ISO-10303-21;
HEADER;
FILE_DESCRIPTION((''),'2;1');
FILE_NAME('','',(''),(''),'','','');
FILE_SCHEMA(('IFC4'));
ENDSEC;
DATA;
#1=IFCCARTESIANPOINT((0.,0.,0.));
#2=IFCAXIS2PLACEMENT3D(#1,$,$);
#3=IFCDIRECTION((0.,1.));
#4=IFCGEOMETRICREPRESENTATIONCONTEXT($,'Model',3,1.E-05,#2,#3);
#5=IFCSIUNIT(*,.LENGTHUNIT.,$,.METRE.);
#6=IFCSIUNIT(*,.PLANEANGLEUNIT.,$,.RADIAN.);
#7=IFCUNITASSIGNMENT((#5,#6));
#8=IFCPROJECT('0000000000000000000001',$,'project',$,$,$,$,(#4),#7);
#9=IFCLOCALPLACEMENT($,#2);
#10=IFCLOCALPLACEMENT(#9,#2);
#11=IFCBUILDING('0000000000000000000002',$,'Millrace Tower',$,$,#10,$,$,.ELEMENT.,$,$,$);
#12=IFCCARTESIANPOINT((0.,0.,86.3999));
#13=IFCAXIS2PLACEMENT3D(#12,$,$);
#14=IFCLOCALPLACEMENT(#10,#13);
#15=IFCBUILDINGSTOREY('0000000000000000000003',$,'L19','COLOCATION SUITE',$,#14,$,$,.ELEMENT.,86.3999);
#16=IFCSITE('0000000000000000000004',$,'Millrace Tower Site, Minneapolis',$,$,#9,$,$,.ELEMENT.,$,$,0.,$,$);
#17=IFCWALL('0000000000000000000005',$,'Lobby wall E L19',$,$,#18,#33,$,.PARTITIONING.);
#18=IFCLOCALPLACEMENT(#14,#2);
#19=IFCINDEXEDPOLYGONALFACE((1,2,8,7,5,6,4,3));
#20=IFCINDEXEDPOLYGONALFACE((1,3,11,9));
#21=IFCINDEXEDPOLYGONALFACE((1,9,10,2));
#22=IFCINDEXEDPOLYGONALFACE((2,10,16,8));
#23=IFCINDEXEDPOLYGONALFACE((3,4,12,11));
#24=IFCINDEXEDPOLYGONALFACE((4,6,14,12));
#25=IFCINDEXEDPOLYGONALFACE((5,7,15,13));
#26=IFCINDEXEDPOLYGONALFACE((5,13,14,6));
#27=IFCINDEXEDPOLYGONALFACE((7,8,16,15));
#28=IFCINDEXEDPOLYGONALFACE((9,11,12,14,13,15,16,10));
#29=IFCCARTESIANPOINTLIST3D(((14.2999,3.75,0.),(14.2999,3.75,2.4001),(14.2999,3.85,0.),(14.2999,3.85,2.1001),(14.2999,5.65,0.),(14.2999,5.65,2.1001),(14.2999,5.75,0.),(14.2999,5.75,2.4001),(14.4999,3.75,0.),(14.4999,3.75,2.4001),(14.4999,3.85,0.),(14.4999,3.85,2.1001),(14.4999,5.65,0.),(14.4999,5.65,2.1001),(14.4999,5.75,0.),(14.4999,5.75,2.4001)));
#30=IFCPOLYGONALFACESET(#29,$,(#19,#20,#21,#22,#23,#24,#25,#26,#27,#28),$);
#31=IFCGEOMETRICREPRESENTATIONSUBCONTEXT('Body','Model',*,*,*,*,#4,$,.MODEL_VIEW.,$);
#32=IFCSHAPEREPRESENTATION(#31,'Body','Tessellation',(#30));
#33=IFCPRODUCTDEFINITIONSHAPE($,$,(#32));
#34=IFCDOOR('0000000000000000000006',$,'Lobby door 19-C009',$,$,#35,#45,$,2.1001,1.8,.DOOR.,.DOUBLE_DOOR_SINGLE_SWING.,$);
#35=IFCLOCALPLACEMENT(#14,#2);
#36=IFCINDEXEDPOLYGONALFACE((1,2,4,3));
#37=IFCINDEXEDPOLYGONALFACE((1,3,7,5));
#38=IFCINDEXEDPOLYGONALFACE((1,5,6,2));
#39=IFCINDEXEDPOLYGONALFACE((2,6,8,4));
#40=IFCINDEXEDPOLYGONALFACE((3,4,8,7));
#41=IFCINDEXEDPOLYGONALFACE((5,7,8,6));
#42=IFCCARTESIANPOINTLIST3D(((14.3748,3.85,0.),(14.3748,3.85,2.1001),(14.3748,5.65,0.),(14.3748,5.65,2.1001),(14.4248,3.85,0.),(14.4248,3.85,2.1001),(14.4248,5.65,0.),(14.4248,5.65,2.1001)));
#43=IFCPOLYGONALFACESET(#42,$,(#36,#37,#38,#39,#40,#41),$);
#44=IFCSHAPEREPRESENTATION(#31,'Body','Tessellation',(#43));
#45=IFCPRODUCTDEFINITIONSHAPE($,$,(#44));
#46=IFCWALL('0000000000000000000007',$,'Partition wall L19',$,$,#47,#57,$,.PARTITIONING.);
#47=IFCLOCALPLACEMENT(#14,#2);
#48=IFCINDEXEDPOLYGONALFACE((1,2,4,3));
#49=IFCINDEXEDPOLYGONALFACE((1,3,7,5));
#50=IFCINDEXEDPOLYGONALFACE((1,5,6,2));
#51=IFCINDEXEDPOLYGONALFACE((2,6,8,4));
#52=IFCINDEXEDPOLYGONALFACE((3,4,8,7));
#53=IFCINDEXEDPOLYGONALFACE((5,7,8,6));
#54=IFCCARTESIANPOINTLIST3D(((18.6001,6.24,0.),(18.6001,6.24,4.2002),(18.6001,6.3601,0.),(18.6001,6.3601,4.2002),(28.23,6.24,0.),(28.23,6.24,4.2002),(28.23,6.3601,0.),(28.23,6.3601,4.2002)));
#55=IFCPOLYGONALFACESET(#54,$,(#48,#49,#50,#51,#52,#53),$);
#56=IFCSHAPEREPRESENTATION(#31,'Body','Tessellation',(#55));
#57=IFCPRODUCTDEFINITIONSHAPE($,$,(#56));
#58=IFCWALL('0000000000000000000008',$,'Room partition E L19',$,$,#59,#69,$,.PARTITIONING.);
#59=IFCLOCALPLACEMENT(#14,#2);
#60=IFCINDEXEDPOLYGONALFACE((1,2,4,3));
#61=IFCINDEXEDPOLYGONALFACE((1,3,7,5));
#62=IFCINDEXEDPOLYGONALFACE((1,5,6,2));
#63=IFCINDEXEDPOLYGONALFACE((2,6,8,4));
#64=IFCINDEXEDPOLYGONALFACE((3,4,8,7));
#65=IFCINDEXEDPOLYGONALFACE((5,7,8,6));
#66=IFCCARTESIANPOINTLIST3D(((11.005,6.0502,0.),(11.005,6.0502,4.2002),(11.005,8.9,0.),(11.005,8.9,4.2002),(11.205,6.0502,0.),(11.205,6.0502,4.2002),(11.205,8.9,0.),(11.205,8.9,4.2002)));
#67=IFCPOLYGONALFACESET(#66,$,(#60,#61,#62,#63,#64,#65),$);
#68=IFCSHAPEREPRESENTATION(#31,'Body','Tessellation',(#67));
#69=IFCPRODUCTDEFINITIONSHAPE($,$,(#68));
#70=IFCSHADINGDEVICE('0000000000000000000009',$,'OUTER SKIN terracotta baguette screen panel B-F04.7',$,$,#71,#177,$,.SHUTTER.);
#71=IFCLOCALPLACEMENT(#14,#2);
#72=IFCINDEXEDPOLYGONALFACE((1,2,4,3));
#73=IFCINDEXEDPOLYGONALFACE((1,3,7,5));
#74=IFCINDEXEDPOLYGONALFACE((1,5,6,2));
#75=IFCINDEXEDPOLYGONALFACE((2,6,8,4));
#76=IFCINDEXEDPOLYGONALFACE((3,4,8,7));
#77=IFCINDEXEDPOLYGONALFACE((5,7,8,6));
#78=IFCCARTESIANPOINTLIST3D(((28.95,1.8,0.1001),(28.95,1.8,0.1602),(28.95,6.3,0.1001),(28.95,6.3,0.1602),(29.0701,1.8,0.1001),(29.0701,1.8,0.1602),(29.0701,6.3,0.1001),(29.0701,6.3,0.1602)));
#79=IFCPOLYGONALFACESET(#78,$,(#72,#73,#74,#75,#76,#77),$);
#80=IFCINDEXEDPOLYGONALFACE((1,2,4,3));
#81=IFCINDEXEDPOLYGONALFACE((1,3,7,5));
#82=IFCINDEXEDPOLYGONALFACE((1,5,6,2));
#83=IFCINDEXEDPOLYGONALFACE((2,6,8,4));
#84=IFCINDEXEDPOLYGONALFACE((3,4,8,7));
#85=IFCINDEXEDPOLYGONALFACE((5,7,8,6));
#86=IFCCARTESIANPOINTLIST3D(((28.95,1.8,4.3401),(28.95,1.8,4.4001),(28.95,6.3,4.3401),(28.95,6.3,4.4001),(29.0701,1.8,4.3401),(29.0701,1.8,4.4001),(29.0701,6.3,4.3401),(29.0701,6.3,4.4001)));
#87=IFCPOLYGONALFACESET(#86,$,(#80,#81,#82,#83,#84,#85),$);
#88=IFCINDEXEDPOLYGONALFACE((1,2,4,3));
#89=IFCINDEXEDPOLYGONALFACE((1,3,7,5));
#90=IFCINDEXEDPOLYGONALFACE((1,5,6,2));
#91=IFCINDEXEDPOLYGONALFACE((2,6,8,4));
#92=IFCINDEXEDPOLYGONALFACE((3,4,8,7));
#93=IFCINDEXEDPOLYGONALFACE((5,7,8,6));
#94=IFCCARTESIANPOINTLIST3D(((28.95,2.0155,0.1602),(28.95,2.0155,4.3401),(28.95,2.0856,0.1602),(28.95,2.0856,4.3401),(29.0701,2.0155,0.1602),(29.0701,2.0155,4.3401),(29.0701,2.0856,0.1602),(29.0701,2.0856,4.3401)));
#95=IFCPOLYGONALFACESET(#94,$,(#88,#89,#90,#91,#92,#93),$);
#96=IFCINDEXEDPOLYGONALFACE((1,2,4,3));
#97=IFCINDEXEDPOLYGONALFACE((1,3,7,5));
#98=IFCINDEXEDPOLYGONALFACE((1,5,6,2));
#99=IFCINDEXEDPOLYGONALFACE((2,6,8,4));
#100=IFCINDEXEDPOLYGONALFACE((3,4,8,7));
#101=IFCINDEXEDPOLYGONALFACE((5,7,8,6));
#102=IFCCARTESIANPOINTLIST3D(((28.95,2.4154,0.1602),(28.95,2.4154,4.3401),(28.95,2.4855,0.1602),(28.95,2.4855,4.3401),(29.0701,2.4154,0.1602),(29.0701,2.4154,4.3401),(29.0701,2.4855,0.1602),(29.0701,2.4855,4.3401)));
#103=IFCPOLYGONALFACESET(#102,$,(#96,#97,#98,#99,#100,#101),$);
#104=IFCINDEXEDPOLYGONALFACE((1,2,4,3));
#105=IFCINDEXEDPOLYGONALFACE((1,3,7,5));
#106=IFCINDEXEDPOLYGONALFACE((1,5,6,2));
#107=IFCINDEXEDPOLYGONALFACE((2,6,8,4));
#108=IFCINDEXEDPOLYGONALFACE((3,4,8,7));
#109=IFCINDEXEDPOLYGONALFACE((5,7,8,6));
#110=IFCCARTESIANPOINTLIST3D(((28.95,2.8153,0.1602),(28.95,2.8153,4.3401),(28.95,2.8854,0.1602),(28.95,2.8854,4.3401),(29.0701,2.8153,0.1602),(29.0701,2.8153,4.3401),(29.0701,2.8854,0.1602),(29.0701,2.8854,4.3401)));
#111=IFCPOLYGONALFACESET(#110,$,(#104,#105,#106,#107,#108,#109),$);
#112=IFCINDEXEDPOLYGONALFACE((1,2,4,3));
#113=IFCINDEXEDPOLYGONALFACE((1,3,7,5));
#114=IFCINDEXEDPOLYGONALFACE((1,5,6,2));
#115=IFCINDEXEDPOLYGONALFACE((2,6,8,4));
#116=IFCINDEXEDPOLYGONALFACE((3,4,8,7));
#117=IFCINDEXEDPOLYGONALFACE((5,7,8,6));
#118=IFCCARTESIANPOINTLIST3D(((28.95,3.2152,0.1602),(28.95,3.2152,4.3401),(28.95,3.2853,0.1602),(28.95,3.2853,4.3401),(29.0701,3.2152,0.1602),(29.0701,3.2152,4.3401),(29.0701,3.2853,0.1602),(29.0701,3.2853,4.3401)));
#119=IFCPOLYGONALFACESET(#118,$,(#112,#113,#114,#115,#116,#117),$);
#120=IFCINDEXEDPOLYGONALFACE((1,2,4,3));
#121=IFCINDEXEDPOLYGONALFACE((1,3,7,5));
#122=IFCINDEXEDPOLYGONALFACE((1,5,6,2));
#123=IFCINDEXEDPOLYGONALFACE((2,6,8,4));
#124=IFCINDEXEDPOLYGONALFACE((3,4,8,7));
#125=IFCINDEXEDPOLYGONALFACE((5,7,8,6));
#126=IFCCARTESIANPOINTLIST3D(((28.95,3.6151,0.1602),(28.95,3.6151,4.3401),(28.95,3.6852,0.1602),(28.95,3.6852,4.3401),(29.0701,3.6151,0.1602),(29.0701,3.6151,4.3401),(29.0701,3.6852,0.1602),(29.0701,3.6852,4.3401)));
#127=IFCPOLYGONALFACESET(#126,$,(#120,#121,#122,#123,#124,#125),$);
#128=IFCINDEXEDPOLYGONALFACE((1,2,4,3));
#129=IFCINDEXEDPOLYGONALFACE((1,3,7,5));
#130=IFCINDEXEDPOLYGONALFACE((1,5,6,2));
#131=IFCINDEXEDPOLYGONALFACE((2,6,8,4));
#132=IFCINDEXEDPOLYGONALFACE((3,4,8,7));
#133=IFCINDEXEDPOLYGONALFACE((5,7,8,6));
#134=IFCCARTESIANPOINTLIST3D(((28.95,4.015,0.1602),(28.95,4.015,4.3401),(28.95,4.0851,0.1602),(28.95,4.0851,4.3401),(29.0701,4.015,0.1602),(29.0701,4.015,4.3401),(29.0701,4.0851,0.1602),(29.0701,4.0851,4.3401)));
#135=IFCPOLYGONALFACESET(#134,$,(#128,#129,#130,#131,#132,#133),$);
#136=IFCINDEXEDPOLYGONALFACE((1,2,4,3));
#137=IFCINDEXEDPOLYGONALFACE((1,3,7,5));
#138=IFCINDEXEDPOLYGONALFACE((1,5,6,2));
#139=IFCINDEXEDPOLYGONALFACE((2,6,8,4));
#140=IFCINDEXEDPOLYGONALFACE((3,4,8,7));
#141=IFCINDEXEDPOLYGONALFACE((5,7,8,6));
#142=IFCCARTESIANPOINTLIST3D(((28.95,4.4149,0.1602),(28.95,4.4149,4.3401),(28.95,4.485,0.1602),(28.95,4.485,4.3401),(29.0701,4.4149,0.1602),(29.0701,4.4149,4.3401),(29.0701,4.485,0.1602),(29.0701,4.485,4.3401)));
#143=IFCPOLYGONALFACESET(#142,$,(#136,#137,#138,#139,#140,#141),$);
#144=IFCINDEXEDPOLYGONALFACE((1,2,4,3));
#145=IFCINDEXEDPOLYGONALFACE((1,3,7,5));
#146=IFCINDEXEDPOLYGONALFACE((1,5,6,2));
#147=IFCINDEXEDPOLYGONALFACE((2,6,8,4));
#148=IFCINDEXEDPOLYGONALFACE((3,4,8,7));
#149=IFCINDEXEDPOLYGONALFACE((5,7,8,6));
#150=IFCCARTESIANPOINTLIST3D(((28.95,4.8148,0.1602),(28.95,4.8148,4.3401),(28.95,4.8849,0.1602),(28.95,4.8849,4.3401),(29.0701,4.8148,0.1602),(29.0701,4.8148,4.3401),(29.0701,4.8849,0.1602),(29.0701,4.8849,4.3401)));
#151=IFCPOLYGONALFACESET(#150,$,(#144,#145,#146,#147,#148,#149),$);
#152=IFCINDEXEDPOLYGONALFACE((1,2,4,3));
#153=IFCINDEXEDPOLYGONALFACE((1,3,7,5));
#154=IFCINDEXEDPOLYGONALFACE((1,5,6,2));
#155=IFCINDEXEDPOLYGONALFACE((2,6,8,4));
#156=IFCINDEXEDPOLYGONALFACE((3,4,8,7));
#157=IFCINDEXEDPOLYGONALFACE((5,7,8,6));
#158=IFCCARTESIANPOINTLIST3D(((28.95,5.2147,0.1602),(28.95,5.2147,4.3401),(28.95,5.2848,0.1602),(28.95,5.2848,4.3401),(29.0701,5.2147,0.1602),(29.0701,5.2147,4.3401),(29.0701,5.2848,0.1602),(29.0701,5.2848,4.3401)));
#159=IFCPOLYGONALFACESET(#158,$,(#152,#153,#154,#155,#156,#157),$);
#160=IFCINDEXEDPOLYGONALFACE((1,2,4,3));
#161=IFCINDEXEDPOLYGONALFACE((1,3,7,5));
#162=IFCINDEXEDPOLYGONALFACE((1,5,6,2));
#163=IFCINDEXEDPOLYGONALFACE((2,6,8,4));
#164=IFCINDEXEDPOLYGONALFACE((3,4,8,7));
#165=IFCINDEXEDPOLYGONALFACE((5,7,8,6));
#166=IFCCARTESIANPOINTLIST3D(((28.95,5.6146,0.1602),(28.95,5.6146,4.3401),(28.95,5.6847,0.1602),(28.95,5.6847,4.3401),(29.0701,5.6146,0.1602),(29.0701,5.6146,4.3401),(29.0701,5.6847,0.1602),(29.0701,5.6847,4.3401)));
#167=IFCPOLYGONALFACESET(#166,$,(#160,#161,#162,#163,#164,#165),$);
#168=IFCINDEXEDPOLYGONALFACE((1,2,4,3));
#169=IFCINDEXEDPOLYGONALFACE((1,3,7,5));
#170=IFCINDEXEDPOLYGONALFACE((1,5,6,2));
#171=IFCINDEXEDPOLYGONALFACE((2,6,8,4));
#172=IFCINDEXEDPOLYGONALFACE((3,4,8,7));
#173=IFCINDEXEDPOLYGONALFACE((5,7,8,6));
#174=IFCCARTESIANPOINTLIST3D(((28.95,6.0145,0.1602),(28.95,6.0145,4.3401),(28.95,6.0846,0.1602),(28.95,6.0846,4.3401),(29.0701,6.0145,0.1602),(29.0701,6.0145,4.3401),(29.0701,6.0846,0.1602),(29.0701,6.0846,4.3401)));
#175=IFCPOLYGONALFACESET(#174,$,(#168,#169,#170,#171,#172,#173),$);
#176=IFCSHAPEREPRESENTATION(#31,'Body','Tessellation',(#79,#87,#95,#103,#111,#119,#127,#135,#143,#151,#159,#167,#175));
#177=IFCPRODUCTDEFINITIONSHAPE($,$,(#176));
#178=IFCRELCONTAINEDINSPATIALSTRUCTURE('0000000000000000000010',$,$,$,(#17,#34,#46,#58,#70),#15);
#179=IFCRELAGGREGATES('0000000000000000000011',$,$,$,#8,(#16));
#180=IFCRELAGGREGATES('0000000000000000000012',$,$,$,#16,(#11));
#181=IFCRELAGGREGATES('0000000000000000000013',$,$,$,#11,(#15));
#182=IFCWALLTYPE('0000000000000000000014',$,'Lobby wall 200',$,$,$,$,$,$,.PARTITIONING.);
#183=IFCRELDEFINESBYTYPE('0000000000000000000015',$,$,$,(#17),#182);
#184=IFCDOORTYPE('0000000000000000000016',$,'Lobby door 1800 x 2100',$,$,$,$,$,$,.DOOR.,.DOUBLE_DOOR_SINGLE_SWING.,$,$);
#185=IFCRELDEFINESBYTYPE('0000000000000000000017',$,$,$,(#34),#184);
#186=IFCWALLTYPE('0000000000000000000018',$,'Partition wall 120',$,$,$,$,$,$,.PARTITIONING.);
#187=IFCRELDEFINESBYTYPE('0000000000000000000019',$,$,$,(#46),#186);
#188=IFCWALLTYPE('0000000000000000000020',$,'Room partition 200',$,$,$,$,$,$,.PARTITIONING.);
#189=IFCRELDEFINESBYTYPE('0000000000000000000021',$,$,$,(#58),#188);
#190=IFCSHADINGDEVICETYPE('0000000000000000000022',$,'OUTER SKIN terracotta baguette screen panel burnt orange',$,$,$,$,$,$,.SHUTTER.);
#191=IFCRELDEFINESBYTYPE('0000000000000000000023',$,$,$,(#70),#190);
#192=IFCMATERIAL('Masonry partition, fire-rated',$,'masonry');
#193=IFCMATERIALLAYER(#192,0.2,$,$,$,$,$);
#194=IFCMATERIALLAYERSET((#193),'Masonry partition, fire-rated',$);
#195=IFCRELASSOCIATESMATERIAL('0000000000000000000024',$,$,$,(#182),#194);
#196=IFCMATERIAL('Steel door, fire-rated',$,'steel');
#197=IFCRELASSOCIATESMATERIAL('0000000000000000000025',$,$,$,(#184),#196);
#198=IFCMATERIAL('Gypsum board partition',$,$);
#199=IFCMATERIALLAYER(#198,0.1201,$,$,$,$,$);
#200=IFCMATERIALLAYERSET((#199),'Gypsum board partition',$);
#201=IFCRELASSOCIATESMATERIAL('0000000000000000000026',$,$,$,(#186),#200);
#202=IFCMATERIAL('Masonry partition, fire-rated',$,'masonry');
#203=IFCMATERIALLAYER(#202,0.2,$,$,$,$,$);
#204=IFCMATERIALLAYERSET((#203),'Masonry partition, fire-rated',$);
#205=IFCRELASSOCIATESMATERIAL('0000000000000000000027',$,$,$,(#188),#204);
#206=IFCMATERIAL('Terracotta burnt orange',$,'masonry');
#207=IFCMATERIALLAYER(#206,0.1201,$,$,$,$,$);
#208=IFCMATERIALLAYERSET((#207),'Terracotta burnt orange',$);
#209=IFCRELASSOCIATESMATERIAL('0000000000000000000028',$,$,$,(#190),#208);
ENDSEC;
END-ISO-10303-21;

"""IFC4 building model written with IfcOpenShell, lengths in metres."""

from ifc_helpers import new_model, entity, si_unit, direction, frame, frame_2d, origin, origin_2d, place, context, subcontext, project, spatial, rectangle, extrude, source, transform, mapped, material, layer, layer_set, type_object, element, fill, save


model = new_model("IFC4")

# Units and contexts
model_context = context("Model", 3, precision=1e-05, world=origin(), true_north=direction((0.0, 1.0)))
body_context = subcontext(model_context, "Body", "Model", "MODEL_VIEW")
ifc_project = project(units=[si_unit("LENGTHUNIT", "METRE"), si_unit("PLANEANGLEUNIT", "RADIAN")], contexts=[model_context])

# Site, building, storey
site_placement = place(None, origin())
site = spatial("IfcSite", under=ifc_project, at=site_placement, Name="Millrace Tower Site, Minneapolis", CompositionType="ELEMENT", RefElevation=0.0)
building_placement = place(site_placement, origin())
building = spatial("IfcBuilding", under=site, at=building_placement, Name="Millrace Tower", CompositionType="ELEMENT")
storey_placement = place(building_placement, frame((0.0, 0.0, 86.3999)))
storey = spatial("IfcBuildingStorey", under=building, at=storey_placement, Name="L19", Description="COLOCATION SUITE", CompositionType="ELEMENT", Elevation=86.3999)

# Wall, opening, door
ifc_material_1 = material(Name="Masonry partition, fire-rated", Category="masonry")
ifc_layer_1 = layer(ifc_material_1, 0.2)
ifc_layer_set_1 = layer_set([ifc_layer_1], Name="Masonry partition, fire-rated")
wall_type_1 = type_object("IfcWallType", Name="Lobby wall 200", PredefinedType="PARTITIONING", material=ifc_layer_set_1)
wall_1_placement = place(storey_placement, frame((14.3999, 5.75, 0.0), z_axis=(0.0, 0.0, 1.0), x_axis=(0.0, -1.0, 0.0)))
wall_1 = element("IfcWall", 1, at=wall_1_placement, inside=storey, type_object=wall_type_1, Name="Lobby wall E L19", PredefinedType="PARTITIONING", context=body_context, shape_type="SweptSolid", body=[
    extrude(rectangle(XDim=2.0, YDim=0.2, at=frame_2d((1.0, 0.0))), origin(), (0.0, 0.0, 1.0), 2.4001),
])
opening_1_placement = place(wall_1_placement, frame((0.1001, 0.0, 0.0)))
opening_1 = element("IfcOpeningElement", 2, at=opening_1_placement, cuts=wall_1, PredefinedType="OPENING", context=body_context, shape_type="SweptSolid", body=[
    extrude(rectangle(XDim=1.8, YDim=2.1001, at=frame_2d((0.8999, 1.05))), frame((0.0, 0.1099, 0.0), z_axis=(0.0, -1.0, 0.0), x_axis=(1.0, 0.0, 0.0)), (0.0, 0.0, 1.0), 0.22),
])
ifc_material_2 = material(Name="Steel door, fire-rated", Category="steel")
door_type_1 = type_object("IfcDoorType", Name="Lobby door 1800 x 2100", OperationType="DOUBLE_DOOR_SINGLE_SWING", PredefinedType="DOOR", material=ifc_material_2)
door_1_placement = place(opening_1_placement, origin())
door_1 = element("IfcDoor", 3, at=door_1_placement, inside=storey, type_object=door_type_1, Name="Lobby door 19-C009", OperationType="DOUBLE_DOOR_SINGLE_SWING", OverallHeight=2.1001, OverallWidth=1.8, PredefinedType="DOOR", context=body_context, shape_type="SweptSolid", body=[
    extrude(rectangle(XDim=1.8, YDim=2.1001, at=frame_2d((0.8999, 1.05))), frame((0.0, 0.0249, 0.0), z_axis=(0.0, -1.0, 0.0), x_axis=(1.0, 0.0, 0.0)), (0.0, 0.0, 1.0), 0.05),
])
fill(opening_1, door_1)

# Walls
ifc_material_3 = material(Name="Gypsum board partition")
ifc_layer_2 = layer(ifc_material_3, 0.1201)
ifc_layer_set_2 = layer_set([ifc_layer_2], Name="Gypsum board partition")
wall_type_2 = type_object("IfcWallType", Name="Partition wall 120", PredefinedType="PARTITIONING", material=ifc_layer_set_2)
wall_2_placement = place(storey_placement, frame((18.6001, 6.3, 0.0), z_axis=(0.0, 0.0, 1.0), x_axis=(1.0, 0.0, 0.0)))
element("IfcWall", 4, at=wall_2_placement, inside=storey, type_object=wall_type_2, Name="Partition wall L19", PredefinedType="PARTITIONING", context=body_context, shape_type="SweptSolid", body=[
    extrude(rectangle(XDim=9.6299, YDim=0.1201, at=frame_2d((4.8149, 0.0))), origin(), (0.0, 0.0, 1.0), 4.2002),
])
ifc_material_4 = material(Name="Masonry partition, fire-rated", Category="masonry")
ifc_layer_3 = layer(ifc_material_4, 0.2)
ifc_layer_set_3 = layer_set([ifc_layer_3], Name="Masonry partition, fire-rated")
wall_type_3 = type_object("IfcWallType", Name="Room partition 200", PredefinedType="PARTITIONING", material=ifc_layer_set_3)
wall_3_placement = place(storey_placement, frame((11.105, 8.8999, 0.0), z_axis=(0.0, 0.0, 1.0), x_axis=(0.0, -1.0, 0.0)))
element("IfcWall", 5, at=wall_3_placement, inside=storey, type_object=wall_type_3, Name="Room partition E L19", PredefinedType="PARTITIONING", context=body_context, shape_type="SweptSolid", body=[
    extrude(rectangle(XDim=2.8499, YDim=0.2, at=frame_2d((1.4248, 0.0))), origin(), (0.0, 0.0, 1.0), 4.2002),
])

# Shading device
ifc_material_5 = material(Name="Terracotta burnt orange", Category="masonry")
ifc_layer_4 = layer(ifc_material_5, 0.1201)
ifc_layer_set_4 = layer_set([ifc_layer_4], Name="Terracotta burnt orange")
shading_device_type = type_object("IfcShadingDeviceType", Name="OUTER SKIN terracotta baguette screen panel burnt orange", PredefinedType="SHUTTER", material=ifc_layer_set_4)
cartesian_point = entity("IfcCartesianPoint", [-2.25, 0.0601])
shared_polyline = entity("IfcPolyline", [cartesian_point, entity("IfcCartesianPoint", [2.25, 0.0601]), entity("IfcCartesianPoint", [2.25, -0.0601]), entity("IfcCartesianPoint", [-2.25, -0.0601]), cartesian_point])
shared_shape = source(origin(), body_context, "Body", "SweptSolid", [
    entity("IfcExtrudedAreaSolid", entity("IfcArbitraryClosedProfileDef", "AREA", None, shared_polyline), entity("IfcAxis2Placement3D", entity("IfcCartesianPoint", [0.0, 0.0, 0.0])), entity("IfcDirection", [0.0, 0.0, 1.0]), 0.0601),
    entity("IfcExtrudedAreaSolid", entity("IfcArbitraryClosedProfileDef", "AREA", None, shared_polyline), entity("IfcAxis2Placement3D", entity("IfcCartesianPoint", [0.0, 0.0, 4.24])), entity("IfcDirection", [0.0, 0.0, 1.0]), 0.0601),
    extrude(rectangle(XDim=0.0701, YDim=0.1201, at=frame_2d((-1.9995, 0.0))), frame((0.0, 0.0, 0.0601)), (0.0, 0.0, 1.0), 4.1799),
    extrude(rectangle(XDim=0.0701, YDim=0.1201, at=frame_2d((-1.5996, 0.0))), frame((0.0, 0.0, 0.0601)), (0.0, 0.0, 1.0), 4.1799),
    extrude(rectangle(XDim=0.0701, YDim=0.1201, at=frame_2d((-1.1997, 0.0))), frame((0.0, 0.0, 0.0601)), (0.0, 0.0, 1.0), 4.1799),
    extrude(rectangle(XDim=0.0701, YDim=0.1201, at=frame_2d((-0.7998, 0.0))), frame((0.0, 0.0, 0.0601)), (0.0, 0.0, 1.0), 4.1799),
    extrude(rectangle(XDim=0.0701, YDim=0.1201, at=frame_2d((-0.3999, 0.0))), frame((0.0, 0.0, 0.0601)), (0.0, 0.0, 1.0), 4.1799),
    extrude(rectangle(XDim=0.0701, YDim=0.1201, at=origin_2d()), frame((0.0, 0.0, 0.0601)), (0.0, 0.0, 1.0), 4.1799),
    extrude(rectangle(XDim=0.0701, YDim=0.1201, at=frame_2d((0.3999, 0.0))), frame((0.0, 0.0, 0.0601)), (0.0, 0.0, 1.0), 4.1799),
    extrude(rectangle(XDim=0.0701, YDim=0.1201, at=frame_2d((0.7998, 0.0))), frame((0.0, 0.0, 0.0601)), (0.0, 0.0, 1.0), 4.1799),
    extrude(rectangle(XDim=0.0701, YDim=0.1201, at=frame_2d((1.1997, 0.0))), frame((0.0, 0.0, 0.0601)), (0.0, 0.0, 1.0), 4.1799),
    extrude(rectangle(XDim=0.0701, YDim=0.1201, at=frame_2d((1.5996, 0.0))), frame((0.0, 0.0, 0.0601)), (0.0, 0.0, 1.0), 4.1799),
    extrude(rectangle(XDim=0.0701, YDim=0.1201, at=frame_2d((1.9995, 0.0))), frame((0.0, 0.0, 0.0601)), (0.0, 0.0, 1.0), 4.1799),
])
for number, where, z_axis, x_axis, name in (
    (6, (29.01, 4.05, 0.1001), (0.0, 0.0, 1.0), (0.0, 1.0, 0.0), "OUTER SKIN terracotta baguette screen panel B-F04.7"),
):
    element("IfcShadingDevice", number, at=place(storey_placement, frame(where, z_axis=z_axis, x_axis=x_axis)), inside=storey, type_object=shading_device_type, Name=name, PredefinedType="SHUTTER", context=body_context, shape_type="MappedRepresentation", body=[
        mapped(shared_shape, transform((0.0, 0.0, 0.0), scale=1.0)),
    ])

save(model, "model.ifc")
